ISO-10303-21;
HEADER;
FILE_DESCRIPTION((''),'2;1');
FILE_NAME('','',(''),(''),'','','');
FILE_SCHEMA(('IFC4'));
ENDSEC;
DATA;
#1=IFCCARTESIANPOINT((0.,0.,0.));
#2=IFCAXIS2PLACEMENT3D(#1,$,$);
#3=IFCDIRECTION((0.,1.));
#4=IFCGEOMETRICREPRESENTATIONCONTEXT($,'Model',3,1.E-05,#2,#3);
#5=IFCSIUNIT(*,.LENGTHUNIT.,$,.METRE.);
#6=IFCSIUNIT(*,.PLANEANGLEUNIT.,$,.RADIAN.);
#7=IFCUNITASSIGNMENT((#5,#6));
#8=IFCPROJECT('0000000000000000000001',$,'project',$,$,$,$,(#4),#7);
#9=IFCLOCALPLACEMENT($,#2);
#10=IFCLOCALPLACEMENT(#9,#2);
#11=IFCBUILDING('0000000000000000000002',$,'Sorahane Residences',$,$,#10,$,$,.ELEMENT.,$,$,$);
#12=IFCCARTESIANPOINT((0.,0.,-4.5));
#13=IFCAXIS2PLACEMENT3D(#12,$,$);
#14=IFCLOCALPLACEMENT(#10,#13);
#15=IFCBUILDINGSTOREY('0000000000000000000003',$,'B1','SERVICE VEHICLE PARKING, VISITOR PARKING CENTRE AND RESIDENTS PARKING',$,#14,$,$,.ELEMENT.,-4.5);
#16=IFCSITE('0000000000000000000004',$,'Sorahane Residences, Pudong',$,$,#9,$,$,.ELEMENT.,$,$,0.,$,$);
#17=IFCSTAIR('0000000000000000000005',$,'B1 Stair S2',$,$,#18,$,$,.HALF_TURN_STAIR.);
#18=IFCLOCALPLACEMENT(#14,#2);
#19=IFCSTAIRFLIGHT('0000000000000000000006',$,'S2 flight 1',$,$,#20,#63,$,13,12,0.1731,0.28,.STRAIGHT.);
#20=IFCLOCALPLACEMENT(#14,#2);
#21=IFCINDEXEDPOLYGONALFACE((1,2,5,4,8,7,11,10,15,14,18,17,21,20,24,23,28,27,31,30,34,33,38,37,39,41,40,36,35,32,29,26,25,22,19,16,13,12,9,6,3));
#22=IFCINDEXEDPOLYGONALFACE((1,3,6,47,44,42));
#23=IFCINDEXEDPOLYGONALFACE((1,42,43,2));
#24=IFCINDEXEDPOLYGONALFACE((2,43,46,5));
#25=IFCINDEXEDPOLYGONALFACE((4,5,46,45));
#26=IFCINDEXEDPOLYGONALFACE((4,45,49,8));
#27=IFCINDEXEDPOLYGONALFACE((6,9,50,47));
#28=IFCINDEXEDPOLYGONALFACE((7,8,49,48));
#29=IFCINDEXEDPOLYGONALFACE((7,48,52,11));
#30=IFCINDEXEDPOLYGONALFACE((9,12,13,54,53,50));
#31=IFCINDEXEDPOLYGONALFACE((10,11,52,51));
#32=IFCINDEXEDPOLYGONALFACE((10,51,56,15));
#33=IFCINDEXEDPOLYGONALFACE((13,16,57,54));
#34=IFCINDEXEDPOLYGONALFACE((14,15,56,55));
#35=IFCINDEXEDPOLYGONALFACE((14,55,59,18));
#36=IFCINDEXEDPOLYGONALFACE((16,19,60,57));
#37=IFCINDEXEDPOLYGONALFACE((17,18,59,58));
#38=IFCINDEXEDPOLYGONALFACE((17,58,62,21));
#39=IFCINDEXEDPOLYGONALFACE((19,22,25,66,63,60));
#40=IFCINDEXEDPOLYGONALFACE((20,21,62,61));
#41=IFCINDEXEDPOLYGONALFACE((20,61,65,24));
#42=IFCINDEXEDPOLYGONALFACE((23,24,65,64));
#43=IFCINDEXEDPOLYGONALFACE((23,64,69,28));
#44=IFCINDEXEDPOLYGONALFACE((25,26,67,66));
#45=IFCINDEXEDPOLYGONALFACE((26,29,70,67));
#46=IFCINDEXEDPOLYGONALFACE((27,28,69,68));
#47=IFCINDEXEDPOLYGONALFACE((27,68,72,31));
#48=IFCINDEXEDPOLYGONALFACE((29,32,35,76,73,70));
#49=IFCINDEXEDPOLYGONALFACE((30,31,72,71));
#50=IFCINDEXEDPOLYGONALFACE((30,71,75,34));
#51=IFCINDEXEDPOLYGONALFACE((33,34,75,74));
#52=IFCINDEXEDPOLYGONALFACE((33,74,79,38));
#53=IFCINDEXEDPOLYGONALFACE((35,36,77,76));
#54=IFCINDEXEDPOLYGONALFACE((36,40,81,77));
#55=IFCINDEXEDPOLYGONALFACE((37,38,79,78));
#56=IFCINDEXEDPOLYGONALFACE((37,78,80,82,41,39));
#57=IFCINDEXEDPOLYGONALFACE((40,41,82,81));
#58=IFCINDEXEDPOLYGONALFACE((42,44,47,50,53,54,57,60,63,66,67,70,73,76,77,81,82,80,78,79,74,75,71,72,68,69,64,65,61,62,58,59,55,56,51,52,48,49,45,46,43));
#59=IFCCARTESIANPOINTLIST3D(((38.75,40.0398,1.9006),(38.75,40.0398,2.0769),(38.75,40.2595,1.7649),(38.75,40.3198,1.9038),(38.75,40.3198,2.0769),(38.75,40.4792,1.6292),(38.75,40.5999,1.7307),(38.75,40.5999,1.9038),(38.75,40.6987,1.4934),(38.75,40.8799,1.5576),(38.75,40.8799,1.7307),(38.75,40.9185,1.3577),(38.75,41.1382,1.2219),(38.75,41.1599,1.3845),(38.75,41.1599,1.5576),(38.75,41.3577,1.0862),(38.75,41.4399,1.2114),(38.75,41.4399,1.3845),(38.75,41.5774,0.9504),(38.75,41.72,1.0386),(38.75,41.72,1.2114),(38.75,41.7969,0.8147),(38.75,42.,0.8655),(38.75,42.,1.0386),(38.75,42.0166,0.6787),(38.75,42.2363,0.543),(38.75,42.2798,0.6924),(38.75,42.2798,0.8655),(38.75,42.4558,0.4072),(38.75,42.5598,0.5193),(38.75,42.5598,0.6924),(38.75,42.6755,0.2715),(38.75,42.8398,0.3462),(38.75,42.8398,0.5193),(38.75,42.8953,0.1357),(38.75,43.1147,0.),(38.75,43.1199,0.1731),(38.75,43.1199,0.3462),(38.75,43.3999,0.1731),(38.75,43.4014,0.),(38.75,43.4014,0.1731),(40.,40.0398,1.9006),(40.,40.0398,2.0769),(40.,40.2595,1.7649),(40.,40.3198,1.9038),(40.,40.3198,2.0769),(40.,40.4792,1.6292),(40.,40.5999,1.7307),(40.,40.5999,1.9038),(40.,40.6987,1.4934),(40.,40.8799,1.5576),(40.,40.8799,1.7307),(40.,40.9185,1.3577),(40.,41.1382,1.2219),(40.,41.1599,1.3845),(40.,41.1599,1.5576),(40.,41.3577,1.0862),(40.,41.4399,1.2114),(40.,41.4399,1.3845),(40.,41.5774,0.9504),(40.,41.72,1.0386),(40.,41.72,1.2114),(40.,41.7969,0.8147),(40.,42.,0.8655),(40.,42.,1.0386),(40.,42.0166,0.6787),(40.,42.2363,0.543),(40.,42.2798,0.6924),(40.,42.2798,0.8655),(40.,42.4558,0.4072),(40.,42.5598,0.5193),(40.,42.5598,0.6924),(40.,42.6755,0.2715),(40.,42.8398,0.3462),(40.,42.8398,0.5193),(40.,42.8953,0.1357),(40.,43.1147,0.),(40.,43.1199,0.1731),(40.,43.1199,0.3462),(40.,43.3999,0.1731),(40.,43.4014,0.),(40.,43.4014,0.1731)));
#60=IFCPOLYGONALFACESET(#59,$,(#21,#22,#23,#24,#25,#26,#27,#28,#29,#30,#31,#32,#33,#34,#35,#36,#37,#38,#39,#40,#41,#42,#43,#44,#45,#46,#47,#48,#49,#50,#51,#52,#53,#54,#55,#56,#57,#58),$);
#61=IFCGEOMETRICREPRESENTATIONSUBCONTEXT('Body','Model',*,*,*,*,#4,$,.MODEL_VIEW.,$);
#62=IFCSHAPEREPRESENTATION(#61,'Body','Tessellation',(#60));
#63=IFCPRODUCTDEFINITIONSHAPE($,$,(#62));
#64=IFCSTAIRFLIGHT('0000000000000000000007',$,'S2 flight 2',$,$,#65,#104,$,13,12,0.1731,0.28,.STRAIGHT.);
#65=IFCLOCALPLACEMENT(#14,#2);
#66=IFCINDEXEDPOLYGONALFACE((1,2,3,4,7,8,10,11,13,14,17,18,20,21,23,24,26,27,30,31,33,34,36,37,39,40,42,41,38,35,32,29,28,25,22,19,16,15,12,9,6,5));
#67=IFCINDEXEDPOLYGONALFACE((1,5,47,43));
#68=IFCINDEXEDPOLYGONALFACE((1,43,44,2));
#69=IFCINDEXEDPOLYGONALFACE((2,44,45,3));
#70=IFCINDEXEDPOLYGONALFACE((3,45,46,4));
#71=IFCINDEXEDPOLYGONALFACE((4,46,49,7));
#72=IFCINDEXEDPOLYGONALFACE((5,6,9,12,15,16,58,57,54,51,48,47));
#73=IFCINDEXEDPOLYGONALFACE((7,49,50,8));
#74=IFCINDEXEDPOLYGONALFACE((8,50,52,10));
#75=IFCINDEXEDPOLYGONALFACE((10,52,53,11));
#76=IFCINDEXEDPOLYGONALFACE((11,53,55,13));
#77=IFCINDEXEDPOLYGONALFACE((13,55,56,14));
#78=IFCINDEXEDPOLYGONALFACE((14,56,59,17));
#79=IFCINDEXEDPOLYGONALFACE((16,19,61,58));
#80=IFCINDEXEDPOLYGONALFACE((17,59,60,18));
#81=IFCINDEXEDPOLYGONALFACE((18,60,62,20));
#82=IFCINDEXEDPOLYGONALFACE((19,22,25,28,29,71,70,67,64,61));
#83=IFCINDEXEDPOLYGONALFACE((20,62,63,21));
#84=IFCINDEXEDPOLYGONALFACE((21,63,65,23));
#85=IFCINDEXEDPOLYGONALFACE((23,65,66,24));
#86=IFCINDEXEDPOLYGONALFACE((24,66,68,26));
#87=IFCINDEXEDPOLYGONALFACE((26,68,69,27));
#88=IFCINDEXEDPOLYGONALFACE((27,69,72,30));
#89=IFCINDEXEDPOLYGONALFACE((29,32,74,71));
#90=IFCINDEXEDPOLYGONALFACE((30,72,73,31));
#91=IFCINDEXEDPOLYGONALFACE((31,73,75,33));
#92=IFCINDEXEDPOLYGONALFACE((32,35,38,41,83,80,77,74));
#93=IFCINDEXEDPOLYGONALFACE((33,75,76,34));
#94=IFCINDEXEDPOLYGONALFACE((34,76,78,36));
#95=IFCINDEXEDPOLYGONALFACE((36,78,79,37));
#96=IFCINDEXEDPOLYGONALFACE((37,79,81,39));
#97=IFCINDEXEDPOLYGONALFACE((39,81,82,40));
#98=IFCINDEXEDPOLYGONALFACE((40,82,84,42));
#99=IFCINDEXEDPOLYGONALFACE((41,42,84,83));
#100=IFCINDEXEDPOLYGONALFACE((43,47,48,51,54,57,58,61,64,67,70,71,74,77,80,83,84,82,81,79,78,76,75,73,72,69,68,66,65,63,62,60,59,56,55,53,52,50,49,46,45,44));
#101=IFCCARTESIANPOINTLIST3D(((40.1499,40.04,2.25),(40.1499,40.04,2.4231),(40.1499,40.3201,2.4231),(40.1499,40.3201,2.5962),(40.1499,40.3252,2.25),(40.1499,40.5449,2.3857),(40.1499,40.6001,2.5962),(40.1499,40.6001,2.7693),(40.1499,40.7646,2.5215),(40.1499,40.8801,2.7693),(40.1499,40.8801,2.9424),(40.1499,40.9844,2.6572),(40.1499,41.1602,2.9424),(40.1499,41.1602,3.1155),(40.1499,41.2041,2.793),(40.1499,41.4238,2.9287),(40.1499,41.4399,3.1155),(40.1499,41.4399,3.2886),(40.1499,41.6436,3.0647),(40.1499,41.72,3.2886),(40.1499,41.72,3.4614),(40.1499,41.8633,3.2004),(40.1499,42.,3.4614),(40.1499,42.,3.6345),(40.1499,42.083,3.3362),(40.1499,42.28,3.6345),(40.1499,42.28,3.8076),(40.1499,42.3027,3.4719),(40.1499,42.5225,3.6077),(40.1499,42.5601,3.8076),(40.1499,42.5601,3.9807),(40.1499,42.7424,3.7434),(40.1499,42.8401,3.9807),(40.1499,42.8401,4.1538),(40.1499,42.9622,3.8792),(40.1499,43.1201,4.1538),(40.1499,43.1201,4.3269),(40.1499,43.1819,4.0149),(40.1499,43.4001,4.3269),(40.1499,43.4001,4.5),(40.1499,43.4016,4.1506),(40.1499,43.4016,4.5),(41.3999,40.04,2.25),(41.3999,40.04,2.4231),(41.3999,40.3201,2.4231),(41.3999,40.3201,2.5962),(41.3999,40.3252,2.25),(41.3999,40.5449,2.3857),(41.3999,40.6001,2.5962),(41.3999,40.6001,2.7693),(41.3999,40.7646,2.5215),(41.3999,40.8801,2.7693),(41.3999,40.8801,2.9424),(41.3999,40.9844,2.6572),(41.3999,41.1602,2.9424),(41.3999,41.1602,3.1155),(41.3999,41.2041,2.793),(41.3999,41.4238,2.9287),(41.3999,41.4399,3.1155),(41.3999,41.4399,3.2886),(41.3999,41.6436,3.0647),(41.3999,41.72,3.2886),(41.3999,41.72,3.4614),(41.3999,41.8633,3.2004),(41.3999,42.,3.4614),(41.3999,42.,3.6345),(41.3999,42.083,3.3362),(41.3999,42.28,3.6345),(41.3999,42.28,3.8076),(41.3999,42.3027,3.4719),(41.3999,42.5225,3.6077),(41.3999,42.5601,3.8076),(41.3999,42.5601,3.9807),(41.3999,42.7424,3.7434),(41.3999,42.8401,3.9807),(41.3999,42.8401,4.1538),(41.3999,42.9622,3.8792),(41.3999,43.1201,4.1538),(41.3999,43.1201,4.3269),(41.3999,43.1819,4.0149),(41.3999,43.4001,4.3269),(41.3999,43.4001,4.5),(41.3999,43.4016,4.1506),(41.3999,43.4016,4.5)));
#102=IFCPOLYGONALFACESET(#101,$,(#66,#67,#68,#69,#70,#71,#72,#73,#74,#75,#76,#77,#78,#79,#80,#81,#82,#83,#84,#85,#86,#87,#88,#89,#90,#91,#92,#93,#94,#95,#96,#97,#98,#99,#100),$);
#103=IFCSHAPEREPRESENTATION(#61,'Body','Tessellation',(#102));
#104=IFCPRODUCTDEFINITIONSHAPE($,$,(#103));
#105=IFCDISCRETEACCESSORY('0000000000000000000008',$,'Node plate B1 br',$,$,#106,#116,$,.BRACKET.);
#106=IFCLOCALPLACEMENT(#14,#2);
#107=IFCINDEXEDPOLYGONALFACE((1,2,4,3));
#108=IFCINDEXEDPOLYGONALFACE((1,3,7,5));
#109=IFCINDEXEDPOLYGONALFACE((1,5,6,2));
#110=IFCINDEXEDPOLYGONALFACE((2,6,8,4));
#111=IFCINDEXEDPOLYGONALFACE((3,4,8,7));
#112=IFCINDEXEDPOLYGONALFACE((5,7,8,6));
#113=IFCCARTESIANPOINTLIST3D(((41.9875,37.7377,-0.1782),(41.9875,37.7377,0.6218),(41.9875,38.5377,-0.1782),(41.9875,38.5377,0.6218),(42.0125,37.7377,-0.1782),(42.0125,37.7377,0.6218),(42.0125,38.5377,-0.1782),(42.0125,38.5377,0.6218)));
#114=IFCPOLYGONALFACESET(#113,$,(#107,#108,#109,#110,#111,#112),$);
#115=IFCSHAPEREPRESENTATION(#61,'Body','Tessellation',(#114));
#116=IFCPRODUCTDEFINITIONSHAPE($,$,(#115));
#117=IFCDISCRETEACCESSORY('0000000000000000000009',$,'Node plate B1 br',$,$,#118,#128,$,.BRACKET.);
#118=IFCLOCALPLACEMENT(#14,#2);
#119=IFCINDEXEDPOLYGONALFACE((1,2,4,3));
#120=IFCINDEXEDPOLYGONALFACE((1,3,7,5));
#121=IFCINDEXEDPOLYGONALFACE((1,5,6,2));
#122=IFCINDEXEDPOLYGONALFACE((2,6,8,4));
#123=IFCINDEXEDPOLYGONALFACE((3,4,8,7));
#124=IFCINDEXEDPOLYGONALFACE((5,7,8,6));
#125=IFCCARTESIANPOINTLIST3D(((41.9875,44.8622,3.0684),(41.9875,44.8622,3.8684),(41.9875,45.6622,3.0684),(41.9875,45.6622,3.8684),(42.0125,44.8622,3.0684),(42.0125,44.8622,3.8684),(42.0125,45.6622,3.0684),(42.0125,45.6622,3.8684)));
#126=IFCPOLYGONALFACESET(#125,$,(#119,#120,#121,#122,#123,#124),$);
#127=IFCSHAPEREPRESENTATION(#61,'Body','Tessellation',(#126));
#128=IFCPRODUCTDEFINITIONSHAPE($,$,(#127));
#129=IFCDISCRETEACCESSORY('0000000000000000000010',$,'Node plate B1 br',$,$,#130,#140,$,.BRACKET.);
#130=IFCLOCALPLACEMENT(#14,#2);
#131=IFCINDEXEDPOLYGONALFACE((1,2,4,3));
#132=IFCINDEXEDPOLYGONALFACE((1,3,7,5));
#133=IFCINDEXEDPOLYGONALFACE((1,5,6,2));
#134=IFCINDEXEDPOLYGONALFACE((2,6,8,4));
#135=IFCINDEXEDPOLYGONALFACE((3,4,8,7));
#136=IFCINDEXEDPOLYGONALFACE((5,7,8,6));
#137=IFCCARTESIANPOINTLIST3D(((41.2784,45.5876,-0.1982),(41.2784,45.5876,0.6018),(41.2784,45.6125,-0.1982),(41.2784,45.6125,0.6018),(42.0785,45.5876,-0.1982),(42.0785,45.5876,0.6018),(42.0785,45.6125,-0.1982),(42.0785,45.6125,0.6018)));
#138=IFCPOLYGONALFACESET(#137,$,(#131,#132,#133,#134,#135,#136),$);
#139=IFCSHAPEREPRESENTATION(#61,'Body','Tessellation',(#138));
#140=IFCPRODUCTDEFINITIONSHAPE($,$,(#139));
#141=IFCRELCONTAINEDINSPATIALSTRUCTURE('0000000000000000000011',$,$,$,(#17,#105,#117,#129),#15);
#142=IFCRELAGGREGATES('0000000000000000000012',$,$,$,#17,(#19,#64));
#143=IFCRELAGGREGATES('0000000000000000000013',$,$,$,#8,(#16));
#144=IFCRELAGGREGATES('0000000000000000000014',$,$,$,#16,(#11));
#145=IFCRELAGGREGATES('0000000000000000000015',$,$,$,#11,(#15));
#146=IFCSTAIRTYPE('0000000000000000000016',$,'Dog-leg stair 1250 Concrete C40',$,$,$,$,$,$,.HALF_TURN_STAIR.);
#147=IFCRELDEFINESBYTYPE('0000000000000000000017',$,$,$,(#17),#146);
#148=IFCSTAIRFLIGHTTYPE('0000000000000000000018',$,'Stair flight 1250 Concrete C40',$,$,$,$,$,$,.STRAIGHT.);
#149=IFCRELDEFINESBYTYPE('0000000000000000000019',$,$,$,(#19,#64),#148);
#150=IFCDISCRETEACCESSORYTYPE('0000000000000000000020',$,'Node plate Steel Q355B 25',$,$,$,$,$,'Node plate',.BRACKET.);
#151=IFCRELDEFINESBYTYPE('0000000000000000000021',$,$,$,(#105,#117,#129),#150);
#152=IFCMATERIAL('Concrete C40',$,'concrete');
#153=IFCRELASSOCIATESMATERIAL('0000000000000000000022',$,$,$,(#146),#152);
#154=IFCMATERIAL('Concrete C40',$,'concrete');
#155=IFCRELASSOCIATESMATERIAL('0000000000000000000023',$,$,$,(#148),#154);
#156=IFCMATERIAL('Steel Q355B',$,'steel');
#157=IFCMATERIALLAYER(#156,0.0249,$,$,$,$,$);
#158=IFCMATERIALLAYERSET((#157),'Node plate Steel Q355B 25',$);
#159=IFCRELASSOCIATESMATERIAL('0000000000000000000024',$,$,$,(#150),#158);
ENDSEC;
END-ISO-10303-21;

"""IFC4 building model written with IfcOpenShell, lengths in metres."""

from ifc_helpers import new_model, si_unit, direction, frame, origin, origin_2d, place, context, subcontext, project, spatial, polyline, rectangle, outline, extrude, material, layer, layer_set, type_object, element, aggregate, save


model = new_model("IFC4")

# Units and contexts
model_context = context("Model", 3, precision=1e-05, world=origin(), true_north=direction((0.0, 1.0)))
body_context = subcontext(model_context, "Body", "Model", "MODEL_VIEW")
ifc_project = project(units=[si_unit("LENGTHUNIT", "METRE"), si_unit("PLANEANGLEUNIT", "RADIAN")], contexts=[model_context])

# Site, building, storey
site_placement = place(None, origin())
site = spatial("IfcSite", under=ifc_project, at=site_placement, Name="Sorahane Residences, Pudong", CompositionType="ELEMENT", RefElevation=0.0)
building_placement = place(site_placement, origin())
building = spatial("IfcBuilding", under=site, at=building_placement, Name="Sorahane Residences", CompositionType="ELEMENT")
storey_placement = place(building_placement, frame((0.0, 0.0, -4.5)))
storey = spatial("IfcBuildingStorey", under=building, at=storey_placement, Name="B1", Description="SERVICE VEHICLE PARKING, VISITOR PARKING CENTRE AND RESIDENTS PARKING", CompositionType="ELEMENT", Elevation=-4.5)

# Stair, stair flights
ifc_material_1 = material(Name="Concrete C40", Category="concrete")
stair_type = type_object("IfcStairType", Name="Dog-leg stair 1250 Concrete C40", PredefinedType="HALF_TURN_STAIR", material=ifc_material_1)
stair_placement = place(storey_placement, origin())
stair = element("IfcStair", 1, at=stair_placement, inside=storey, type_object=stair_type, Name="B1 Stair S2", PredefinedType="HALF_TURN_STAIR")
ifc_material_2 = material(Name="Concrete C40", Category="concrete")
stair_flight_type = type_object("IfcStairFlightType", Name="Stair flight 1250 Concrete C40", PredefinedType="STRAIGHT", material=ifc_material_2)
stair_flight_1_placement = place(storey_placement, frame((39.375, 43.3999, 0.0), z_axis=(0.0, 0.0, 1.0), x_axis=(0.0, -1.0, 0.0)))
stair_flight_1 = element("IfcStairFlight", 2, at=stair_flight_1_placement, type_object=stair_flight_type, Name="S2 flight 1", NumberOfRisers=13, NumberOfTreads=12, PredefinedType="STRAIGHT", RiserHeight=0.1731, TreadLength=0.28, context=body_context, shape_type="SweptSolid", body=[
    extrude(outline(polyline([(-0.0015, 0.0), (-0.0015, 0.1731), (0.0, 0.1731), (0.28, 0.1731), (0.28, 0.3462), (0.5601, 0.3462), (0.5601, 0.5193), (0.8401, 0.5193), (0.8401, 0.6924), (1.1201, 0.6924), (1.1201, 0.8655), (1.3999, 0.8655), (1.3999, 1.0386), (1.6799, 1.0386), (1.6799, 1.2114), (1.96, 1.2114), (1.96, 1.3845), (2.24, 1.3845), (2.24, 1.5576), (2.52, 1.5576), (2.52, 1.7307), (2.8, 1.7307), (2.8, 1.9038), (3.0801, 1.9038), (3.0801, 2.0769), (3.3601, 2.0769), (3.3601, 2.25), (3.3601, 1.9006), (3.1404, 1.7649), (2.9207, 1.6292), (2.7012, 1.4934), (2.4814, 1.3577), (2.2617, 1.2219), (2.0422, 1.0862), (1.8225, 0.9504), (1.603, 0.8147), (1.3833, 0.6787), (1.1636, 0.543), (0.9441, 0.4072), (0.7244, 0.2715), (0.5046, 0.1357), (0.2852, 0.0), (-0.0015, 0.0)])), frame((0.0, 0.625, 0.0), z_axis=(0.0, -1.0, 0.0), x_axis=(1.0, 0.0, 0.0)), (0.0, 0.0, 1.0), 1.25),
])
stair_flight_2_placement = place(storey_placement, frame((40.7749, 40.04, 2.25), z_axis=(0.0, 0.0, 1.0), x_axis=(0.0, 1.0, 0.0)))
stair_flight_2 = element("IfcStairFlight", 3, at=stair_flight_2_placement, type_object=stair_flight_type, Name="S2 flight 2", NumberOfRisers=13, NumberOfTreads=12, PredefinedType="STRAIGHT", RiserHeight=0.1731, TreadLength=0.28, context=body_context, shape_type="SweptSolid", body=[
    extrude(outline(polyline([(0.0, 0.0), (0.0, 0.1731), (0.28, 0.1731), (0.28, 0.3462), (0.5601, 0.3462), (0.5601, 0.5193), (0.8401, 0.5193), (0.8401, 0.6924), (1.1201, 0.6924), (1.1201, 0.8655), (1.3999, 0.8655), (1.3999, 1.0386), (1.6799, 1.0386), (1.6799, 1.2114), (1.96, 1.2114), (1.96, 1.3845), (2.24, 1.3845), (2.24, 1.5576), (2.52, 1.5576), (2.52, 1.7307), (2.8, 1.7307), (2.8, 1.9038), (3.0801, 1.9038), (3.0801, 2.0769), (3.3601, 2.0769), (3.3601, 2.25), (3.3616, 2.25), (3.3616, 1.9006), (3.1418, 1.7649), (2.9221, 1.6292), (2.7024, 1.4934), (2.4824, 1.3577), (2.2627, 1.2219), (2.043, 1.0862), (1.8232, 0.9504), (1.6035, 0.8147), (1.3838, 0.6787), (1.1641, 0.543), (0.9443, 0.4072), (0.7246, 0.2715), (0.5049, 0.1357), (0.2852, 0.0), (0.0, 0.0)])), frame((0.0, 0.625, 0.0), z_axis=(0.0, -1.0, 0.0), x_axis=(1.0, 0.0, 0.0)), (0.0, 0.0, 1.0), 1.25),
])
aggregate(stair, [stair_flight_1, stair_flight_2])

# Discrete accessories
ifc_material_3 = material(Name="Steel Q355B", Category="steel")
ifc_layer_1 = layer(ifc_material_3, 0.0249)
ifc_layer_set_1 = layer_set([ifc_layer_1], Name="Node plate Steel Q355B 25")
discrete_accessory_type = type_object("IfcDiscreteAccessoryType", Name="Node plate Steel Q355B 25", ElementType="Node plate", PredefinedType="BRACKET", material=ifc_layer_set_1)
for number, where, z_axis, x_axis, name in (
    (4, (42.0, 38.1377, -0.1782), (0.0, 0.0, 1.0), (0.0, 1.0, 0.0), "Node plate B1 br"),
    (5, (42.0, 45.2622, 3.0684), (0.0, 0.0, 1.0), (0.0, 1.0, 0.0), "Node plate B1 br"),
    (6, (41.6785, 45.6001, -0.1982), (0.0, 0.0, 1.0), (1.0, 0.0, 0.0), "Node plate B1 br"),
):
    element("IfcDiscreteAccessory", number, at=place(storey_placement, frame(where, z_axis=z_axis, x_axis=x_axis)), inside=storey, type_object=discrete_accessory_type, Name=name, PredefinedType="BRACKET", context=body_context, shape_type="SweptSolid", body=[
        extrude(rectangle(XDim=0.8, YDim=0.0249, at=origin_2d()), origin(), (0.0, 0.0, 1.0), 0.8),
    ])

save(model, "model.ifc")
